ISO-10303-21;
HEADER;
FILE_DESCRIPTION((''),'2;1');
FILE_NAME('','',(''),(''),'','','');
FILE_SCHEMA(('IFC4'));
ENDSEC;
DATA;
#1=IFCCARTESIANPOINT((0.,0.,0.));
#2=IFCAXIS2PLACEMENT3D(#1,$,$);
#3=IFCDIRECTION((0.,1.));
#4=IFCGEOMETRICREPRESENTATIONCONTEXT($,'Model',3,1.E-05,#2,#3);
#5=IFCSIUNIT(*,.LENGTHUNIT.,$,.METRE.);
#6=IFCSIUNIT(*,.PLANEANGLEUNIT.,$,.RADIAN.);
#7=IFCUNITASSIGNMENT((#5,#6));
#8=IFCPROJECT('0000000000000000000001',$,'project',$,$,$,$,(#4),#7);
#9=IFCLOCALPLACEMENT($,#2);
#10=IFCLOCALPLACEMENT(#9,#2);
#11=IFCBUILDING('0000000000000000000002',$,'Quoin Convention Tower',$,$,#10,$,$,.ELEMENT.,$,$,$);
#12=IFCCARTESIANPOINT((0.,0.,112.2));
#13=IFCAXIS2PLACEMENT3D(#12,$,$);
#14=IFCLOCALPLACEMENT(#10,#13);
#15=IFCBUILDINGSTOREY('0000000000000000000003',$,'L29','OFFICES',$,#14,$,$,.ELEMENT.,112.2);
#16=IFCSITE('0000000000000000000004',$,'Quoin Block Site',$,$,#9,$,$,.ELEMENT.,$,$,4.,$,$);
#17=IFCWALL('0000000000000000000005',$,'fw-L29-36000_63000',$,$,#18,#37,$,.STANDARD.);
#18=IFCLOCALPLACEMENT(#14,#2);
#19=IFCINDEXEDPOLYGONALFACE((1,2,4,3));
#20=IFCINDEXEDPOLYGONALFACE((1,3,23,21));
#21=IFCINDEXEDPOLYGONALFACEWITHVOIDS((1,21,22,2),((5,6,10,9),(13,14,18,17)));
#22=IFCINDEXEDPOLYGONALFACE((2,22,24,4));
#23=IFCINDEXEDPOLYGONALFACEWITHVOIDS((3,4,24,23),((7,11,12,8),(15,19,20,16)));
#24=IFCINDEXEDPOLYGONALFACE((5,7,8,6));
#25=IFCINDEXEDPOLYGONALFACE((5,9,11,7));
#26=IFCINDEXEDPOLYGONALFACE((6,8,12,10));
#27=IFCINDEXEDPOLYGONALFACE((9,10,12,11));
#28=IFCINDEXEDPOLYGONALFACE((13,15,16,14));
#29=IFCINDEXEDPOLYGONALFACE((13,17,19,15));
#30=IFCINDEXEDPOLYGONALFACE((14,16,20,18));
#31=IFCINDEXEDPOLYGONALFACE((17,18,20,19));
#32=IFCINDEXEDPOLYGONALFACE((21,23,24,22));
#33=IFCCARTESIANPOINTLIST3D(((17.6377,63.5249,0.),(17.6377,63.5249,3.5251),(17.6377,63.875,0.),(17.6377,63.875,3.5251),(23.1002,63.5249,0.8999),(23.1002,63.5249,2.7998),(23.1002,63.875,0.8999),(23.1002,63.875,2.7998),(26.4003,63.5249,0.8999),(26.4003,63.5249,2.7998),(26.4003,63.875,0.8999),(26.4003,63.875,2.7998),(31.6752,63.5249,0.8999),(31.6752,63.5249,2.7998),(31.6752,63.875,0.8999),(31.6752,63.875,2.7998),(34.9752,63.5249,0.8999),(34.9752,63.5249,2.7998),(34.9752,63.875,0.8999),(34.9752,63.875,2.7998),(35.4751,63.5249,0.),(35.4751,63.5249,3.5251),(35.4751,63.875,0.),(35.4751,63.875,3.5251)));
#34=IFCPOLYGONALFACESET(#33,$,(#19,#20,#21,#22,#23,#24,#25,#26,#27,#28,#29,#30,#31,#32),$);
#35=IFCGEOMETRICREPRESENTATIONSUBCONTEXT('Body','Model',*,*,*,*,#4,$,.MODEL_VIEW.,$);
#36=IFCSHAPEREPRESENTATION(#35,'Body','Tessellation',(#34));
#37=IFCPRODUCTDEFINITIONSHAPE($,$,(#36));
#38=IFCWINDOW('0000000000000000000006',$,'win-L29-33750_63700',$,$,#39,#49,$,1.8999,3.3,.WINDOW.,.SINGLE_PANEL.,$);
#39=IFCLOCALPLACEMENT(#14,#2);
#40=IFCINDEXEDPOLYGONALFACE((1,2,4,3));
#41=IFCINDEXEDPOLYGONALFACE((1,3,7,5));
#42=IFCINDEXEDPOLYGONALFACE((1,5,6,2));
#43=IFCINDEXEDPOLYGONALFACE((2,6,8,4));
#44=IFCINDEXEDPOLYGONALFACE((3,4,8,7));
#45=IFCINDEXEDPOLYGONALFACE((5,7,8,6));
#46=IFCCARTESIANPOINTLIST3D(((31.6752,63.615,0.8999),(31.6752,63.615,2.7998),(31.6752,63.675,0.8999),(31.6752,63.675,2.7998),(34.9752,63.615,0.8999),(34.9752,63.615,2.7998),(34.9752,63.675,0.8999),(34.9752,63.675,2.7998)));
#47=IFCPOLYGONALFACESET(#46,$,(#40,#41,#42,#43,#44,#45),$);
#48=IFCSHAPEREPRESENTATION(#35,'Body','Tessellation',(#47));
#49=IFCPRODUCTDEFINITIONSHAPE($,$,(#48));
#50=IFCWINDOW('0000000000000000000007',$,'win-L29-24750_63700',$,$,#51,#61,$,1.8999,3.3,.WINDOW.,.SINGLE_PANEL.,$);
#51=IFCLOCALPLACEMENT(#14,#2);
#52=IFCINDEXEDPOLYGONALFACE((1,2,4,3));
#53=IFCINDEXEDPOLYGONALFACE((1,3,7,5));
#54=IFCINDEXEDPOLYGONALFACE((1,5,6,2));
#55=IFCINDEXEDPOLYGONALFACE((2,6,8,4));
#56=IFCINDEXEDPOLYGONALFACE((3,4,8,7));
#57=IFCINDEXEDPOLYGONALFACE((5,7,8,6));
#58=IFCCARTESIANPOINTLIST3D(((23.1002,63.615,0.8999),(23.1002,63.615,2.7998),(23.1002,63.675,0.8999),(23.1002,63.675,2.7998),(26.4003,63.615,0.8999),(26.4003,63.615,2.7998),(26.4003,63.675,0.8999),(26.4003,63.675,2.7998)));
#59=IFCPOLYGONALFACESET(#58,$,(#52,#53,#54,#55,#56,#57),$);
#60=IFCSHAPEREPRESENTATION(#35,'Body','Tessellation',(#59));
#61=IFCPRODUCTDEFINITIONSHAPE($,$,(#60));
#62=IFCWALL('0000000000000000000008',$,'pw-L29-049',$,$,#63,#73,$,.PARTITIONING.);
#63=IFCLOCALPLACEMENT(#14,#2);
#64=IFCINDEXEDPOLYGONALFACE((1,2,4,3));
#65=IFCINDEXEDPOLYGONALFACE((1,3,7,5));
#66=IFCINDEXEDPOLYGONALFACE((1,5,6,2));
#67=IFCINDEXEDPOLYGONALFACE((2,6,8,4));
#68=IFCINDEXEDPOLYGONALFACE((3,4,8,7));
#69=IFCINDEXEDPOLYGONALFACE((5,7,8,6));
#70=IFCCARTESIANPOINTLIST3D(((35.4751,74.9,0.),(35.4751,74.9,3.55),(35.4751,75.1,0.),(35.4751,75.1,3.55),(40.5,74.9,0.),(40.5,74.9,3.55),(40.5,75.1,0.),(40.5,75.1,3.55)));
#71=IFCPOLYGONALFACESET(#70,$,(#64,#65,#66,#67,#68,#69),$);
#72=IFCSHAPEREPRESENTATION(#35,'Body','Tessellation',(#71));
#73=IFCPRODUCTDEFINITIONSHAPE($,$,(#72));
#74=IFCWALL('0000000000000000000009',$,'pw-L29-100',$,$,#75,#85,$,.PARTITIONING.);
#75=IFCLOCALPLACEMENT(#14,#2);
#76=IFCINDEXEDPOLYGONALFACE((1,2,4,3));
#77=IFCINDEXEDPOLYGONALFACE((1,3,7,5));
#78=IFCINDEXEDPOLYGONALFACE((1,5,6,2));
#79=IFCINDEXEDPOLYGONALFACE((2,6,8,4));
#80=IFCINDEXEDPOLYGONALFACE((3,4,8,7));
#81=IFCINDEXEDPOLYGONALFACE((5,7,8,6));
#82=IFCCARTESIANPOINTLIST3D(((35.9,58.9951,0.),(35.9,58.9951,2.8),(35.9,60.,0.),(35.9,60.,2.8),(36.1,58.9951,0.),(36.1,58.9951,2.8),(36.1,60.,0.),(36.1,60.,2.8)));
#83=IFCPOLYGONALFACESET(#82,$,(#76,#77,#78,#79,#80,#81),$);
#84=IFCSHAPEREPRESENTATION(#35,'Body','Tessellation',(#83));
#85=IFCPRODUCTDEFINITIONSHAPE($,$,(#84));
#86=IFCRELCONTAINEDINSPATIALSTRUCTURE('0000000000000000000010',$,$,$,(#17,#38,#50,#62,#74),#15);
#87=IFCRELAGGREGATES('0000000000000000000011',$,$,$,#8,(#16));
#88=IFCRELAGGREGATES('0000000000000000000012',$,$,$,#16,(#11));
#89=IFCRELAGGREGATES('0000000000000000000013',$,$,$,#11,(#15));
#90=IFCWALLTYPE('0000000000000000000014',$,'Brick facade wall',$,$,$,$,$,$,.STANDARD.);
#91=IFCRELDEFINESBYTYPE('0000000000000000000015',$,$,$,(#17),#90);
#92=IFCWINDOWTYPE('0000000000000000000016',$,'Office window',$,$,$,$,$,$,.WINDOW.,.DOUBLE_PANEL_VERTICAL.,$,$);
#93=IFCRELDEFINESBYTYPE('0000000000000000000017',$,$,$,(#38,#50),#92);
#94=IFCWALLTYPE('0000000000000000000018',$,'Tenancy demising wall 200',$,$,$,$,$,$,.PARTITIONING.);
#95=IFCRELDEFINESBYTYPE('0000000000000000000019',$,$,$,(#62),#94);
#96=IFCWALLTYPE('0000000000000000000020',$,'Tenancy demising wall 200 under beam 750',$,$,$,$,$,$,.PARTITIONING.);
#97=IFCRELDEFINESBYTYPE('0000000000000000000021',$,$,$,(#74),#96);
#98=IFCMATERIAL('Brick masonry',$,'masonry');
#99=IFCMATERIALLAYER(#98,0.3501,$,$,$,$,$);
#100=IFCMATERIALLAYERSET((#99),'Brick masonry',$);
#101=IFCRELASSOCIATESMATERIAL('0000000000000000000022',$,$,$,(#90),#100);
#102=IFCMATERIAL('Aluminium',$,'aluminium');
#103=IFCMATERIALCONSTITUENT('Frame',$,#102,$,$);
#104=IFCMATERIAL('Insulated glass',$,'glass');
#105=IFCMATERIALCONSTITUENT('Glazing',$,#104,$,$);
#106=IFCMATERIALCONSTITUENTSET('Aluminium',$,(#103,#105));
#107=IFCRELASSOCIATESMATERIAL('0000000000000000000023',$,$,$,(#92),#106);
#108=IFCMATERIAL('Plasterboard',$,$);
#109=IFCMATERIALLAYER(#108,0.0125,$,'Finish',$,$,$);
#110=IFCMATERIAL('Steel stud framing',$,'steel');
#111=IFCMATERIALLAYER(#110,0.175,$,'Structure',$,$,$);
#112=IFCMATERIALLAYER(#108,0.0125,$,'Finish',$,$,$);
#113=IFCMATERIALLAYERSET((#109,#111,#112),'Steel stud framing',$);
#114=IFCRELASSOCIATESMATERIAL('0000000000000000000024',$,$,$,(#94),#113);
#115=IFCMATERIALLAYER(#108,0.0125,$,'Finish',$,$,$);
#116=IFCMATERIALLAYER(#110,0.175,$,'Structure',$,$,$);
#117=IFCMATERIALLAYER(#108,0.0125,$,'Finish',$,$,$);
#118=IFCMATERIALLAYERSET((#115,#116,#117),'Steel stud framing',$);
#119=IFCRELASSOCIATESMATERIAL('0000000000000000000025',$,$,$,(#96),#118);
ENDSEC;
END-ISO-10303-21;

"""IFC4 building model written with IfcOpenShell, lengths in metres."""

from ifc_helpers import new_model, si_unit, direction, frame, frame_2d, origin, place, context, subcontext, project, spatial, rectangle, extrude, material, layer, layer_set, constituent, constituent_set, type_object, element, fill, save


model = new_model("IFC4")

# Units and contexts
model_context = context("Model", 3, precision=1e-05, world=origin(), true_north=direction((0.0, 1.0)))
body_context = subcontext(model_context, "Body", "Model", "MODEL_VIEW")
ifc_project = project(units=[si_unit("LENGTHUNIT", "METRE"), si_unit("PLANEANGLEUNIT", "RADIAN")], contexts=[model_context])

# Site, building, storey
site_placement = place(None, origin())
site = spatial("IfcSite", under=ifc_project, at=site_placement, Name="Quoin Block Site", CompositionType="ELEMENT", RefElevation=4.0)
building_placement = place(site_placement, origin())
building = spatial("IfcBuilding", under=site, at=building_placement, Name="Quoin Convention Tower", CompositionType="ELEMENT")
storey_placement = place(building_placement, frame((0.0, 0.0, 112.2)))
storey = spatial("IfcBuildingStorey", under=building, at=storey_placement, Name="L29", Description="OFFICES", CompositionType="ELEMENT", Elevation=112.2)

# Shared definitions
ifc_material_1 = material(Name="Plasterboard")
ifc_material_2 = material(Name="Steel stud framing", Category="steel")

# Shared definitions
ifc_material_3 = material(Name="Brick masonry", Category="masonry")
ifc_layer_1 = layer(ifc_material_3, 0.3501)
ifc_layer_set_1 = layer_set([ifc_layer_1], Name="Brick masonry")
wall_type_1 = type_object("IfcWallType", Name="Brick facade wall", PredefinedType="STANDARD", material=ifc_layer_set_1)
ifc_material_4 = material(Name="Aluminium", Category="aluminium")
ifc_constituent_1 = constituent(ifc_material_4, Name="Frame")
ifc_material_5 = material(Name="Insulated glass", Category="glass")
ifc_constituent_2 = constituent(ifc_material_5, Name="Glazing")
ifc_constituent_set = constituent_set(constituents=[ifc_constituent_1, ifc_constituent_2], Name="Aluminium")
window_type = type_object("IfcWindowType", Name="Office window", PartitioningType="DOUBLE_PANEL_VERTICAL", PredefinedType="WINDOW", material=ifc_constituent_set)

# Wall, openings, windows
wall_1_placement = place(storey_placement, frame((35.4751, 63.7, 0.0), z_axis=(0.0, 0.0, 1.0), x_axis=(-1.0, 0.0, 0.0)))
wall_1 = element("IfcWall", 1, at=wall_1_placement, inside=storey, type_object=wall_type_1, Name="fw-L29-36000_63000", PredefinedType="STANDARD", context=body_context, shape_type="SweptSolid", body=[
    extrude(rectangle(XDim=17.8374, YDim=0.3501, at=frame_2d((8.9187, 0.0))), origin(), (0.0, 0.0, 1.0), 3.5251),
])
opening_1_placement = place(wall_1_placement, frame((0.5, 0.0, 0.8999)))
opening_1 = element("IfcOpeningElement", 2, at=opening_1_placement, cuts=wall_1, PredefinedType="OPENING", context=body_context, shape_type="SweptSolid", body=[
    extrude(rectangle(XDim=3.3, YDim=1.8999, at=frame_2d((1.6499, 0.95))), frame((0.0, 0.1851, 0.0), z_axis=(0.0, -1.0, 0.0), x_axis=(1.0, 0.0, 0.0)), (0.0, 0.0, 1.0), 0.3701),
])
opening_2_placement = place(wall_1_placement, frame((9.075, 0.0, 0.8999)))
opening_2 = element("IfcOpeningElement", 3, at=opening_2_placement, cuts=wall_1, PredefinedType="OPENING", context=body_context, shape_type="SweptSolid", body=[
    extrude(rectangle(XDim=3.3, YDim=1.8999, at=frame_2d((1.6499, 0.95))), frame((0.0, 0.1851, 0.0), z_axis=(0.0, -1.0, 0.0), x_axis=(1.0, 0.0, 0.0)), (0.0, 0.0, 1.0), 0.3701),
])
window_1_placement = place(opening_1_placement, origin())
window_1 = element("IfcWindow", 4, at=window_1_placement, inside=storey, type_object=window_type, Name="win-L29-33750_63700", OverallHeight=1.8999, OverallWidth=3.3, PartitioningType="SINGLE_PANEL", PredefinedType="WINDOW", context=body_context, shape_type="SweptSolid", body=[
    extrude(rectangle(XDim=3.3, YDim=1.8999, at=frame_2d((1.6499, 0.95))), frame((0.0, 0.085, 0.0), z_axis=(0.0, -1.0, 0.0), x_axis=(1.0, 0.0, 0.0)), (0.0, 0.0, 1.0), 0.0601),
])
fill(opening_1, window_1)
window_2_placement = place(opening_2_placement, origin())
window_2 = element("IfcWindow", 5, at=window_2_placement, inside=storey, type_object=window_type, Name="win-L29-24750_63700", OverallHeight=1.8999, OverallWidth=3.3, PartitioningType="SINGLE_PANEL", PredefinedType="WINDOW", context=body_context, shape_type="SweptSolid", body=[
    extrude(rectangle(XDim=3.3, YDim=1.8999, at=frame_2d((1.6499, 0.95))), frame((0.0, 0.085, 0.0), z_axis=(0.0, -1.0, 0.0), x_axis=(1.0, 0.0, 0.0)), (0.0, 0.0, 1.0), 0.0601),
])
fill(opening_2, window_2)

# Walls
ifc_layer_2 = layer(ifc_material_1, 0.0125, Name="Finish")
ifc_layer_3 = layer(ifc_material_2, 0.175, Name="Structure")
ifc_layer_4 = layer(ifc_material_1, 0.0125, Name="Finish")
ifc_layer_set_2 = layer_set([ifc_layer_2, ifc_layer_3, ifc_layer_4], Name="Steel stud framing")
wall_type_2 = type_object("IfcWallType", Name="Tenancy demising wall 200", PredefinedType="PARTITIONING", material=ifc_layer_set_2)
wall_2_placement = place(storey_placement, frame((35.4751, 75.0, 0.0), z_axis=(0.0, 0.0, 1.0), x_axis=(1.0, 0.0, 0.0)))
element("IfcWall", 6, at=wall_2_placement, inside=storey, type_object=wall_type_2, Name="pw-L29-049", PredefinedType="PARTITIONING", context=body_context, shape_type="SweptSolid", body=[
    extrude(rectangle(XDim=5.0249, YDim=0.2, at=frame_2d((2.5125, 0.0))), origin(), (0.0, 0.0, 1.0), 3.55),
])
ifc_layer_5 = layer(ifc_material_1, 0.0125, Name="Finish")
ifc_layer_6 = layer(ifc_material_2, 0.175, Name="Structure")
ifc_layer_7 = layer(ifc_material_1, 0.0125, Name="Finish")
ifc_layer_set_3 = layer_set([ifc_layer_5, ifc_layer_6, ifc_layer_7], Name="Steel stud framing")
wall_type_3 = type_object("IfcWallType", Name="Tenancy demising wall 200 under beam 750", PredefinedType="PARTITIONING", material=ifc_layer_set_3)
wall_3_placement = place(storey_placement, frame((36.0, 58.9951, 0.0), z_axis=(0.0, 0.0, 1.0), x_axis=(0.0, 1.0, 0.0)))
element("IfcWall", 7, at=wall_3_placement, inside=storey, type_object=wall_type_3, Name="pw-L29-100", PredefinedType="PARTITIONING", context=body_context, shape_type="SweptSolid", body=[
    extrude(rectangle(XDim=1.0049, YDim=0.2, at=frame_2d((0.5024, 0.0))), origin(), (0.0, 0.0, 1.0), 2.8),
])

save(model, "model.ifc")
